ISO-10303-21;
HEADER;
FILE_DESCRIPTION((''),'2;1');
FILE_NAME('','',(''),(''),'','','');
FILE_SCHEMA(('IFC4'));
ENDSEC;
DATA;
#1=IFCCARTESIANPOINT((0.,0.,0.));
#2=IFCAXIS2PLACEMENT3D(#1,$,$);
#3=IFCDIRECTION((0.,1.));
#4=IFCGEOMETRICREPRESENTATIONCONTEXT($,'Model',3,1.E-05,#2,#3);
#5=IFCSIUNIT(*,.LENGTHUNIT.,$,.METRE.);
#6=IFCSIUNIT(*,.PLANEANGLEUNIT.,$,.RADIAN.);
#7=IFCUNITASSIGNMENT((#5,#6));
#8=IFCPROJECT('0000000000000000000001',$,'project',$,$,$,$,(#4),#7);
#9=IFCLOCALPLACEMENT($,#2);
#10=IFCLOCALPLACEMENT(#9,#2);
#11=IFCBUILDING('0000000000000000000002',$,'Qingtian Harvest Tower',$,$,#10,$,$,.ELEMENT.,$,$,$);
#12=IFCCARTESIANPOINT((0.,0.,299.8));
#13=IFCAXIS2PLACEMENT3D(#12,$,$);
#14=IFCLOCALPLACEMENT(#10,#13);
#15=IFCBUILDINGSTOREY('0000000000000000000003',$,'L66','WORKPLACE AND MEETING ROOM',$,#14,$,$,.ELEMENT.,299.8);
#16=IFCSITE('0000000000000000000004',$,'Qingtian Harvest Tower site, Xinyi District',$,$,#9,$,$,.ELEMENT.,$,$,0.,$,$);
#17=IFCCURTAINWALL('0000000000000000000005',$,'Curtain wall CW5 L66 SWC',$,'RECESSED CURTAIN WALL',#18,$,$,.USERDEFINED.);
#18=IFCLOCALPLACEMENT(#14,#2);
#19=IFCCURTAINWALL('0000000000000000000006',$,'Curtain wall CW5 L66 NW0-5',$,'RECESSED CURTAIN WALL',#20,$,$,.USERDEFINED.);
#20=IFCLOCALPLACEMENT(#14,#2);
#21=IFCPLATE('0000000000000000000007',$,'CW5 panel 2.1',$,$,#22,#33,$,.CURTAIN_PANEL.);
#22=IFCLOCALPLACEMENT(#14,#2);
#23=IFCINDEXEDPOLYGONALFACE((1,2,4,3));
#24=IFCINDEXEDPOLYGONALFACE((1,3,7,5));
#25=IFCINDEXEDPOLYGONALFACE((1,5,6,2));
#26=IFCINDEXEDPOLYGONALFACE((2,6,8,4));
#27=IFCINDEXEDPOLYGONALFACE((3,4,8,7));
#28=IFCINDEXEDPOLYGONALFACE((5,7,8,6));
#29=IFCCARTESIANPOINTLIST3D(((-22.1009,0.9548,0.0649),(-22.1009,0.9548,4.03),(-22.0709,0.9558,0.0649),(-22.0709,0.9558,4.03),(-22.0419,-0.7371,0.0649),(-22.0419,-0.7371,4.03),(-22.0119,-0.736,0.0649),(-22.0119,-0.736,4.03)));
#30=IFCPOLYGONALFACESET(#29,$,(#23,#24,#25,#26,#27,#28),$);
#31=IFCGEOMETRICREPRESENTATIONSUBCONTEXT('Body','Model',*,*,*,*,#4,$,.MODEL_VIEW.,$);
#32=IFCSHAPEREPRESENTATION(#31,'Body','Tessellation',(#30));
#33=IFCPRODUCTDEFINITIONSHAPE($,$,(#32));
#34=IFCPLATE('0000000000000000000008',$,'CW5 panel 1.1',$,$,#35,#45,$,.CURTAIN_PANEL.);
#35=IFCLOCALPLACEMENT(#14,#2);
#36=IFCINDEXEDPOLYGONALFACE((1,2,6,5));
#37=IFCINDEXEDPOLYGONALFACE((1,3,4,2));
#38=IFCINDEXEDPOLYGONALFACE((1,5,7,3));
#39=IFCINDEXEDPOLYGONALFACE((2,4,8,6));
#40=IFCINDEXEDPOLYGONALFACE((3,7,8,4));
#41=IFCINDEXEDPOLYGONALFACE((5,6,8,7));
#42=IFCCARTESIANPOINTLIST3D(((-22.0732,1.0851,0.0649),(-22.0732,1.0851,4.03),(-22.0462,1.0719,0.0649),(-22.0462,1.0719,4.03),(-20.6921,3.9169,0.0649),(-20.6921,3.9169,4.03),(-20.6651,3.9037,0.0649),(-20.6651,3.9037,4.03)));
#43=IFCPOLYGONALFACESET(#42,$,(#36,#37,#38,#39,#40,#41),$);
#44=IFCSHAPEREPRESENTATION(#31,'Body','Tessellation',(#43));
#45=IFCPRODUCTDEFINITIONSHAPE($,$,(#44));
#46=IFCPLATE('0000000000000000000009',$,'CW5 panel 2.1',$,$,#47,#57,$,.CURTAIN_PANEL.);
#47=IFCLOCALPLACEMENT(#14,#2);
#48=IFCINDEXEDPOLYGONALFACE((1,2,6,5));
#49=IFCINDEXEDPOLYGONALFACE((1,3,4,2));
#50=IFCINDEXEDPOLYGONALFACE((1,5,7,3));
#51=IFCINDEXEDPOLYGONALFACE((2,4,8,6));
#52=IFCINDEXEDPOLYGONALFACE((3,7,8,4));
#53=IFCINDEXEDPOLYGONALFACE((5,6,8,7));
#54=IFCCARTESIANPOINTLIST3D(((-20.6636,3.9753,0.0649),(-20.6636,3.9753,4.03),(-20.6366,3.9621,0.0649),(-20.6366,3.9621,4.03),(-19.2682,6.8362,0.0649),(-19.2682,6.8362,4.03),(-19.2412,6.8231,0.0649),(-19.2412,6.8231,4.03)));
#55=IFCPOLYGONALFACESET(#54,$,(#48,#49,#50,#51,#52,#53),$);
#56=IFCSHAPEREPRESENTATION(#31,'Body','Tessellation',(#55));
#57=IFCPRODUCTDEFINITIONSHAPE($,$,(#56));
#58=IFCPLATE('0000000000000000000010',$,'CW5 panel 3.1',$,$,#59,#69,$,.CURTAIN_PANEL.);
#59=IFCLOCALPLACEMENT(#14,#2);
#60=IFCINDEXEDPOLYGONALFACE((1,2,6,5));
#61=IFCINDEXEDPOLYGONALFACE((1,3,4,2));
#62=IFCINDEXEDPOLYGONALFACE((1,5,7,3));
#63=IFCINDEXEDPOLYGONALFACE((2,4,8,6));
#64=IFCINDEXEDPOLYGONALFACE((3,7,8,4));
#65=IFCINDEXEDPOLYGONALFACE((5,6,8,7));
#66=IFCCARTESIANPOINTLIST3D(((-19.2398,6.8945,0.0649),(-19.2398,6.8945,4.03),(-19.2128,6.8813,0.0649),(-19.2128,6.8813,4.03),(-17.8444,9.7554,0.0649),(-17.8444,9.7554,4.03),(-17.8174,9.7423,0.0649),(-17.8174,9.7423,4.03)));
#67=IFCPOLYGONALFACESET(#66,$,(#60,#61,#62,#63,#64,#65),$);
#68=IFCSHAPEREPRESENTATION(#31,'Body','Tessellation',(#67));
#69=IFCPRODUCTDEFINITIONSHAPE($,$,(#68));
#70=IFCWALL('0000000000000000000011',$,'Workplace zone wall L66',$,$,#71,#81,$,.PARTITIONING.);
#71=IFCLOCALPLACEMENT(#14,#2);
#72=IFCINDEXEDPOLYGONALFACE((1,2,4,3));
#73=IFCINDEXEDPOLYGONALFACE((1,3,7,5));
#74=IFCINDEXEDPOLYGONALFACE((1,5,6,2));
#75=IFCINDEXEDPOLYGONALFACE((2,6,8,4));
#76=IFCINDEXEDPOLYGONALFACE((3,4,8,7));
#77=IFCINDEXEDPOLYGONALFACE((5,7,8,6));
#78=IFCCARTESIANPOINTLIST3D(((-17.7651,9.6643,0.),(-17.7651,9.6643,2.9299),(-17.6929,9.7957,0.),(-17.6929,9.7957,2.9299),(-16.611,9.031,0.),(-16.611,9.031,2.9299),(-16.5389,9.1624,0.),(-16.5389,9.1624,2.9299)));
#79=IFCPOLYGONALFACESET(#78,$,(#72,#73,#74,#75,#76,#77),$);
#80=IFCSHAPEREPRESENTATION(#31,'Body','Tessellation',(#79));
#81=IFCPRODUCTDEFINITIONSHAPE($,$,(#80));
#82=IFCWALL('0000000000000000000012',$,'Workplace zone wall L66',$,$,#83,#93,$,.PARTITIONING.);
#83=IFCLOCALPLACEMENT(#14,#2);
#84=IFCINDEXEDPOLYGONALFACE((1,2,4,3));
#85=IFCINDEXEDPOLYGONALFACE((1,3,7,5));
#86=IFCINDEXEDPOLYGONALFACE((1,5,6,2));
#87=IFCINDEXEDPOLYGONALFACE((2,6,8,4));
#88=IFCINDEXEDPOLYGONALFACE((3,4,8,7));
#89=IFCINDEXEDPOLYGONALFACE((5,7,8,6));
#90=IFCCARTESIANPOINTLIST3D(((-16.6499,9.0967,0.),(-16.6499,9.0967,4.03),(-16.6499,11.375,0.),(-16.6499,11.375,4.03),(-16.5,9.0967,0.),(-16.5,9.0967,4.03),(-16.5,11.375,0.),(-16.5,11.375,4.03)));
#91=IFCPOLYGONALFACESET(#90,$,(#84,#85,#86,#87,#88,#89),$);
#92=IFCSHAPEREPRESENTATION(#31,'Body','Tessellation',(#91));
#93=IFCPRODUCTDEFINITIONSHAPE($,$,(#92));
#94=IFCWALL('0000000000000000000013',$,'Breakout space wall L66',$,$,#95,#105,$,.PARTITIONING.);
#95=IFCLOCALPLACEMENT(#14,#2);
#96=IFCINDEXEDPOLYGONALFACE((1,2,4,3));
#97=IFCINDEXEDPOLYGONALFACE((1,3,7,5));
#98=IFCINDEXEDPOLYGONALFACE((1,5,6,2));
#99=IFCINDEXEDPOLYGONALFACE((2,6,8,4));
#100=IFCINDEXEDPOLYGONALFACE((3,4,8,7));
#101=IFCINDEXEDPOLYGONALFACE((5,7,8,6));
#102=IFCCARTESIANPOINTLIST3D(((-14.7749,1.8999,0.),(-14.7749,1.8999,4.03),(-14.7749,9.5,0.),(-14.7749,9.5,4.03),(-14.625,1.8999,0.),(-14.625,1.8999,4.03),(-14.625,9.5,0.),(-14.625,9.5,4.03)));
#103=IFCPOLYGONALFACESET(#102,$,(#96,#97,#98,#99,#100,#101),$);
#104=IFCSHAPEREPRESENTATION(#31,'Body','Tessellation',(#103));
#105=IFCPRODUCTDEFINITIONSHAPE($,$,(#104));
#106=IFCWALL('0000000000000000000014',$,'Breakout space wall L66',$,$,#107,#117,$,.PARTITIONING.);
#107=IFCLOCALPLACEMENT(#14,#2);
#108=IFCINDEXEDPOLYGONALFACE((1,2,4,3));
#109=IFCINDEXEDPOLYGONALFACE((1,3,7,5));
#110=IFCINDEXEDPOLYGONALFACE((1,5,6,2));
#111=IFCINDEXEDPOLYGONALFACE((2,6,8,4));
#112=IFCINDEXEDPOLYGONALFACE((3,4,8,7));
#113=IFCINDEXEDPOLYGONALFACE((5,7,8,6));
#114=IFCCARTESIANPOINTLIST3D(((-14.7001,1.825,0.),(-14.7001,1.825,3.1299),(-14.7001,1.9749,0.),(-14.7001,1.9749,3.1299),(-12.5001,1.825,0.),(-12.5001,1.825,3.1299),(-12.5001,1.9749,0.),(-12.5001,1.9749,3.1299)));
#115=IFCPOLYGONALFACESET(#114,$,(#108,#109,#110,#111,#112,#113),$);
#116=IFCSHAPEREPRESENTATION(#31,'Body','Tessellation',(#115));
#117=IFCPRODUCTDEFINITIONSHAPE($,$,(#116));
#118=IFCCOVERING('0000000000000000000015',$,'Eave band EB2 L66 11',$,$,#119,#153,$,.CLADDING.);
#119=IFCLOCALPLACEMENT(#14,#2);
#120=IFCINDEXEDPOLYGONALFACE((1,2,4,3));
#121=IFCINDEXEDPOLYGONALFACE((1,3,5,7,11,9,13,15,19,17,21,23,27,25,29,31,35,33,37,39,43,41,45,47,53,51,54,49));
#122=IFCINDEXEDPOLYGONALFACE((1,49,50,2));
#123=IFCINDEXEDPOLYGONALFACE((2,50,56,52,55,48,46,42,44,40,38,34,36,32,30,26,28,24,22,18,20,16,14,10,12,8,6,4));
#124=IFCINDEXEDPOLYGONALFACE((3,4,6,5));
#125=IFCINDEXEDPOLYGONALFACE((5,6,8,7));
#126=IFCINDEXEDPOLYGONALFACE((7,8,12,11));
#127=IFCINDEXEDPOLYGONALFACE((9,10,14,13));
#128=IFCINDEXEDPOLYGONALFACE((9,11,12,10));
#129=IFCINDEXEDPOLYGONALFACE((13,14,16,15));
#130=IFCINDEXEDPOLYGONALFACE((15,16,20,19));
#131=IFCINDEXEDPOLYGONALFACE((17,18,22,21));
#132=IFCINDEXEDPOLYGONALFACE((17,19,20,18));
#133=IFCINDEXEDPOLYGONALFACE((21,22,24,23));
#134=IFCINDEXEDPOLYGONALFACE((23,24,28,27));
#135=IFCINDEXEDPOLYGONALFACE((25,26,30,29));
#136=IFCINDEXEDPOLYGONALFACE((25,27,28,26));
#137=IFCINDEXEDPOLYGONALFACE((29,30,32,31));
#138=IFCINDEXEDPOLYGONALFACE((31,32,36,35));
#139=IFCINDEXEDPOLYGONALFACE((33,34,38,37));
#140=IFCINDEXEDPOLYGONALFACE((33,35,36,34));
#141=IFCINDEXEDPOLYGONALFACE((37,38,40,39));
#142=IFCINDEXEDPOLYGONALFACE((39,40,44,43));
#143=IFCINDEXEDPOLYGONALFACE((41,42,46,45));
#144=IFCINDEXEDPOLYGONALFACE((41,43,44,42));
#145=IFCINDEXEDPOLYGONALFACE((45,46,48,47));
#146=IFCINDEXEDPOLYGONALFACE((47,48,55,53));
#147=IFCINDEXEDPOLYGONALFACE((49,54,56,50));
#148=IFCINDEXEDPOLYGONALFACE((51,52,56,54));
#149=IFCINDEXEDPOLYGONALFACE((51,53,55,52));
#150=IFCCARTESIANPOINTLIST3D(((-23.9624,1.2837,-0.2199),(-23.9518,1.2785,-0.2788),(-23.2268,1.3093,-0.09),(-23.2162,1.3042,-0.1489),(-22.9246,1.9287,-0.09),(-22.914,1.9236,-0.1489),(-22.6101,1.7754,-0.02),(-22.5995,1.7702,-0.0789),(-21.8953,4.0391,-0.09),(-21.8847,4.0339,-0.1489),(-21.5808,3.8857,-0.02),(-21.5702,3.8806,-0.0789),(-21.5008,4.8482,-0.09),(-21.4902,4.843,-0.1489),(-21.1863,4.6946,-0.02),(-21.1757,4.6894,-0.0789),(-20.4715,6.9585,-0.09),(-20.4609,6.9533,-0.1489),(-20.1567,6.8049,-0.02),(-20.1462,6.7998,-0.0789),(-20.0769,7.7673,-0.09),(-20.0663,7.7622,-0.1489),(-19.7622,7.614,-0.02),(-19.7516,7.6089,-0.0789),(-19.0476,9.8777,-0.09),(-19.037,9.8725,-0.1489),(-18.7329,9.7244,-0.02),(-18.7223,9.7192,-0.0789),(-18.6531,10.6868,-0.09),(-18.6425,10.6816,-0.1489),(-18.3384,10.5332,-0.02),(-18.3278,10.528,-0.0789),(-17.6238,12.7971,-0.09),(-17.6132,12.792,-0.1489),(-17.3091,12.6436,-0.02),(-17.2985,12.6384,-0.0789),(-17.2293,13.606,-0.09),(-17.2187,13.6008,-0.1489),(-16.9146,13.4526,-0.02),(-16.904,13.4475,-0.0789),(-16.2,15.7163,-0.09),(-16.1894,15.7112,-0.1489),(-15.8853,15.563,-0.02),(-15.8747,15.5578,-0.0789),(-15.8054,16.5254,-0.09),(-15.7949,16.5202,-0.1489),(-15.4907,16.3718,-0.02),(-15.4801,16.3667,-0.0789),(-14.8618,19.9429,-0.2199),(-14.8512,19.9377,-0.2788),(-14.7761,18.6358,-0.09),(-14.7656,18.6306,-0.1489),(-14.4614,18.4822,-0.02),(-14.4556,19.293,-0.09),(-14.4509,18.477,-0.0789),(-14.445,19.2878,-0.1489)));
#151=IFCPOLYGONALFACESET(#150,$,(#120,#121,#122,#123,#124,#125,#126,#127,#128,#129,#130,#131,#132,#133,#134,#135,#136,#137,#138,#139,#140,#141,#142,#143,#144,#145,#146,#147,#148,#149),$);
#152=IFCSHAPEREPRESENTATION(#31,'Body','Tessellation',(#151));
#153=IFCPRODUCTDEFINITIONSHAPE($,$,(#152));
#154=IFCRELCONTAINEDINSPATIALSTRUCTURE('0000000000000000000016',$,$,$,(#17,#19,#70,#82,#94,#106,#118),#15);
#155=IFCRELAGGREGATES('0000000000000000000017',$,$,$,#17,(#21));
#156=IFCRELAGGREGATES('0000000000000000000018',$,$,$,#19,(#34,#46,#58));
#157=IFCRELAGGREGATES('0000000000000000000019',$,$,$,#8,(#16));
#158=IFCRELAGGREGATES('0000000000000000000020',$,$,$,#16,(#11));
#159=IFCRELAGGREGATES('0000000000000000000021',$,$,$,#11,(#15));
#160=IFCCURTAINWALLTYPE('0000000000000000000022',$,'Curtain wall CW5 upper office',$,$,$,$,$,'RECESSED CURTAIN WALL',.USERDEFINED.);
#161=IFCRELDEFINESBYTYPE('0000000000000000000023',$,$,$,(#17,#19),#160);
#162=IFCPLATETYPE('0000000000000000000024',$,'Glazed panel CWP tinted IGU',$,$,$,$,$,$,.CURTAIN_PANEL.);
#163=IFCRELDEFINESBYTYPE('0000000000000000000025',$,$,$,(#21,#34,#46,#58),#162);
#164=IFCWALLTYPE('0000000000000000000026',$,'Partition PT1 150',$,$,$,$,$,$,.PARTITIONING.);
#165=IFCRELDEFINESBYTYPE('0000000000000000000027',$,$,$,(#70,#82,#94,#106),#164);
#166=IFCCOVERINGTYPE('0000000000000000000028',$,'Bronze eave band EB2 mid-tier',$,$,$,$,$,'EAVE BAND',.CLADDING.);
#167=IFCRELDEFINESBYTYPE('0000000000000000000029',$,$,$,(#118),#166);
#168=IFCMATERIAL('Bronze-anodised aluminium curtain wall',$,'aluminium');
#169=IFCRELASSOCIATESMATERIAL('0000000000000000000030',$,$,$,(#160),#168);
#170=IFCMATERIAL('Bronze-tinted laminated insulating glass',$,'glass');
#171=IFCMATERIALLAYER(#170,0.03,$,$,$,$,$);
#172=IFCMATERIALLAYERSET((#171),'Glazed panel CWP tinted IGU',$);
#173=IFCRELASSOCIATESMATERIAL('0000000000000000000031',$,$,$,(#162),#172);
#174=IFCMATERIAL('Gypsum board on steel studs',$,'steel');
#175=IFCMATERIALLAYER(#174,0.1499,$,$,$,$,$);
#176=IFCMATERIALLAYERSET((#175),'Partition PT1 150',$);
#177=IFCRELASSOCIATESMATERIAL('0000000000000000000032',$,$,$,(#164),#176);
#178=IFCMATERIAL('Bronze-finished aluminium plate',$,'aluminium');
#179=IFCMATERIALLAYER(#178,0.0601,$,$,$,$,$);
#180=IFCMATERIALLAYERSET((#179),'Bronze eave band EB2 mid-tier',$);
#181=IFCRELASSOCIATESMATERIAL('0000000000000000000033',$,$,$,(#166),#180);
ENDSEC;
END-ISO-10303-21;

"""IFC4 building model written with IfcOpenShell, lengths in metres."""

from ifc_helpers import new_model, si_unit, direction, frame, frame_2d, origin, origin_2d, place, context, subcontext, project, spatial, polyline, rectangle, outline, extrude, material, layer, layer_set, type_object, element, aggregate, save


model = new_model("IFC4")

# Units and contexts
model_context = context("Model", 3, precision=1e-05, world=origin(), true_north=direction((0.0, 1.0)))
body_context = subcontext(model_context, "Body", "Model", "MODEL_VIEW")
ifc_project = project(units=[si_unit("LENGTHUNIT", "METRE"), si_unit("PLANEANGLEUNIT", "RADIAN")], contexts=[model_context])

# Site, building, storey
site_placement = place(None, origin())
site = spatial("IfcSite", under=ifc_project, at=site_placement, Name="Qingtian Harvest Tower site, Xinyi District", CompositionType="ELEMENT", RefElevation=0.0)
building_placement = place(site_placement, origin())
building = spatial("IfcBuilding", under=site, at=building_placement, Name="Qingtian Harvest Tower", CompositionType="ELEMENT")
storey_placement = place(building_placement, frame((0.0, 0.0, 299.8)))
storey = spatial("IfcBuildingStorey", under=building, at=storey_placement, Name="L66", Description="WORKPLACE AND MEETING ROOM", CompositionType="ELEMENT", Elevation=299.8)

# Curtain wall
ifc_material_1 = material(Name="Bronze-anodised aluminium curtain wall", Category="aluminium")
curtain_wall_type = type_object("IfcCurtainWallType", Name="Curtain wall CW5 upper office", ElementType="RECESSED CURTAIN WALL", PredefinedType="USERDEFINED", material=ifc_material_1)
curtain_wall_1_placement = place(storey_placement, origin())
curtain_wall_1 = element("IfcCurtainWall", 1, at=curtain_wall_1_placement, inside=storey, type_object=curtain_wall_type, Name="Curtain wall CW5 L66 SWC", ObjectType="RECESSED CURTAIN WALL", PredefinedType="USERDEFINED")

# Curtain wall
curtain_wall_2_placement = place(storey_placement, origin())
curtain_wall_2 = element("IfcCurtainWall", 2, at=curtain_wall_2_placement, inside=storey, type_object=curtain_wall_type, Name="Curtain wall CW5 L66 NW0-5", ObjectType="RECESSED CURTAIN WALL", PredefinedType="USERDEFINED")

# Plates
ifc_material_2 = material(Name="Bronze-tinted laminated insulating glass", Category="glass")
ifc_layer_1 = layer(ifc_material_2, 0.03)
ifc_layer_set_1 = layer_set([ifc_layer_1], Name="Glazed panel CWP tinted IGU")
plate_type = type_object("IfcPlateType", Name="Glazed panel CWP tinted IGU", PredefinedType="CURTAIN_PANEL", material=ifc_layer_set_1)
plate_1_placement = place(storey_placement, frame((-22.0564, 0.1094, 0.0649), z_axis=(0.0, 0.0, 1.0), x_axis=(-0.034899, 0.999391, 0.0)))
plate_1 = element("IfcPlate", 3, at=plate_1_placement, type_object=plate_type, Name="CW5 panel 2.1", PredefinedType="CURTAIN_PANEL", context=body_context, shape_type="SweptSolid", body=[
    extrude(rectangle(XDim=1.6929, YDim=0.03, at=origin_2d()), origin(), (0.0, 0.0, 1.0), 3.9651),
])
aggregate(curtain_wall_1, [plate_1])
plate_2_placement = place(storey_placement, frame((-21.3691, 2.4944, 0.0649), z_axis=(0.0, 0.0, 1.0), x_axis=(0.438371, 0.898794, 0.0)))
plate_2 = element("IfcPlate", 4, at=plate_2_placement, type_object=plate_type, Name="CW5 panel 1.1", PredefinedType="CURTAIN_PANEL", context=body_context, shape_type="SweptSolid", body=[
    extrude(rectangle(XDim=3.1506, YDim=0.03, at=origin_2d()), origin(), (0.0, 0.0, 1.0), 3.9651),
])
plate_3_placement = place(storey_placement, frame((-19.9524, 5.3992, 0.0649), z_axis=(0.0, 0.0, 1.0), x_axis=(0.438371, 0.898794, 0.0)))
plate_3 = element("IfcPlate", 5, at=plate_3_placement, type_object=plate_type, Name="CW5 panel 2.1", PredefinedType="CURTAIN_PANEL", context=body_context, shape_type="SweptSolid", body=[
    extrude(rectangle(XDim=3.1831, YDim=0.03, at=origin_2d()), origin(), (0.0, 0.0, 1.0), 3.9651),
])
plate_4_placement = place(storey_placement, frame((-18.5286, 8.3184, 0.0649), z_axis=(0.0, 0.0, 1.0), x_axis=(0.438371, 0.898794, 0.0)))
plate_4 = element("IfcPlate", 6, at=plate_4_placement, type_object=plate_type, Name="CW5 panel 3.1", PredefinedType="CURTAIN_PANEL", context=body_context, shape_type="SweptSolid", body=[
    extrude(rectangle(XDim=3.1831, YDim=0.03, at=origin_2d()), origin(), (0.0, 0.0, 1.0), 3.9651),
])
aggregate(curtain_wall_2, [plate_2, plate_3, plate_4])

# Walls
ifc_material_3 = material(Name="Gypsum board on steel studs", Category="steel")
ifc_layer_2 = layer(ifc_material_3, 0.1499)
ifc_layer_set_2 = layer_set([ifc_layer_2], Name="Partition PT1 150")
wall_type = type_object("IfcWallType", Name="Partition PT1 150", PredefinedType="PARTITIONING", material=ifc_layer_set_2)
wall_1_placement = place(storey_placement, frame((-17.729, 9.73, 0.0), z_axis=(0.0, 0.0, 1.0), x_axis=(0.876674, -0.481086, 0.0)))
element("IfcWall", 7, at=wall_1_placement, inside=storey, type_object=wall_type, Name="Workplace zone wall L66", PredefinedType="PARTITIONING", context=body_context, shape_type="SweptSolid", body=[
    extrude(rectangle(XDim=1.3164, YDim=0.1499, at=frame_2d((0.6582, 0.0))), origin(), (0.0, 0.0, 1.0), 2.9299),
])
wall_2_placement = place(storey_placement, frame((-16.575, 9.0967, 0.0), z_axis=(0.0, 0.0, 1.0), x_axis=(0.0, 1.0, 0.0)))
element("IfcWall", 8, at=wall_2_placement, inside=storey, type_object=wall_type, Name="Workplace zone wall L66", PredefinedType="PARTITIONING", context=body_context, shape_type="SweptSolid", body=[
    extrude(rectangle(XDim=2.2783, YDim=0.1499, at=frame_2d((1.1392, 0.0))), origin(), (0.0, 0.0, 1.0), 4.03),
])
wall_3_placement = place(storey_placement, frame((-14.7, 1.8999, 0.0), z_axis=(0.0, 0.0, 1.0), x_axis=(0.0, 1.0, 0.0)))
element("IfcWall", 9, at=wall_3_placement, inside=storey, type_object=wall_type, Name="Breakout space wall L66", PredefinedType="PARTITIONING", context=body_context, shape_type="SweptSolid", body=[
    extrude(rectangle(XDim=7.6001, YDim=0.1499, at=frame_2d((3.8, 0.0))), origin(), (0.0, 0.0, 1.0), 4.03),
])
wall_4_placement = place(storey_placement, frame((-12.5, 1.8999, 0.0), z_axis=(0.0, 0.0, 1.0), x_axis=(-1.0, 0.0, 0.0)))
element("IfcWall", 10, at=wall_4_placement, inside=storey, type_object=wall_type, Name="Breakout space wall L66", PredefinedType="PARTITIONING", context=body_context, shape_type="SweptSolid", body=[
    extrude(rectangle(XDim=2.2, YDim=0.1499, at=frame_2d((1.1001, 0.0))), origin(), (0.0, 0.0, 1.0), 3.1299),
])

# Covering
ifc_material_4 = material(Name="Bronze-finished aluminium plate", Category="aluminium")
ifc_layer_3 = layer(ifc_material_4, 0.0601)
ifc_layer_set_3 = layer_set([ifc_layer_3], Name="Bronze eave band EB2 mid-tier")
covering_type = type_object("IfcCoveringType", Name="Bronze eave band EB2 mid-tier", ElementType="EAVE BAND", PredefinedType="CLADDING", material=ifc_layer_set_3)
covering_placement = place(storey_placement, frame((-22.6101, 1.7754, -0.02), z_axis=(-0.176187, 0.085933, 0.980599), x_axis=(-0.88141, 0.429756, -0.196026)))
element("IfcCovering", 11, at=covering_placement, inside=storey, type_object=covering_type, Name="Eave band EB2 L66 11", PredefinedType="CLADDING", context=body_context, shape_type="SweptSolid", body=[
    extrude(outline(polyline([(0.0, 0.0), (0.3568, 0.0), (0.357, 0.6892), (1.0198, 1.0346), (1.0174, -19.7256), (0.3545, -19.3195), (0.3546, -18.5882), (-0.0025, -18.5881), (-0.0022, -16.2401), (0.3549, -16.2402), (0.355, -15.3401), (-0.0021, -15.3402), (-0.0018, -12.9922), (0.3552, -12.9921), (0.3554, -12.0922), (-0.0017, -12.0921), (-0.0014, -9.7441), (0.3557, -9.7442), (0.3557, -8.844), (-0.0013, -8.8441), (-0.001, -6.4962), (0.356, -6.496), (0.3562, -5.5961), (-0.0009, -5.596), (-0.0004, -3.2479), (0.3565, -3.2481), (0.3565, -2.348), (-0.0003, -2.348), (0.0, 0.0)])), origin(), (0.0, 0.0, -1.0), 0.0601),
])

save(model, "model.ifc")
